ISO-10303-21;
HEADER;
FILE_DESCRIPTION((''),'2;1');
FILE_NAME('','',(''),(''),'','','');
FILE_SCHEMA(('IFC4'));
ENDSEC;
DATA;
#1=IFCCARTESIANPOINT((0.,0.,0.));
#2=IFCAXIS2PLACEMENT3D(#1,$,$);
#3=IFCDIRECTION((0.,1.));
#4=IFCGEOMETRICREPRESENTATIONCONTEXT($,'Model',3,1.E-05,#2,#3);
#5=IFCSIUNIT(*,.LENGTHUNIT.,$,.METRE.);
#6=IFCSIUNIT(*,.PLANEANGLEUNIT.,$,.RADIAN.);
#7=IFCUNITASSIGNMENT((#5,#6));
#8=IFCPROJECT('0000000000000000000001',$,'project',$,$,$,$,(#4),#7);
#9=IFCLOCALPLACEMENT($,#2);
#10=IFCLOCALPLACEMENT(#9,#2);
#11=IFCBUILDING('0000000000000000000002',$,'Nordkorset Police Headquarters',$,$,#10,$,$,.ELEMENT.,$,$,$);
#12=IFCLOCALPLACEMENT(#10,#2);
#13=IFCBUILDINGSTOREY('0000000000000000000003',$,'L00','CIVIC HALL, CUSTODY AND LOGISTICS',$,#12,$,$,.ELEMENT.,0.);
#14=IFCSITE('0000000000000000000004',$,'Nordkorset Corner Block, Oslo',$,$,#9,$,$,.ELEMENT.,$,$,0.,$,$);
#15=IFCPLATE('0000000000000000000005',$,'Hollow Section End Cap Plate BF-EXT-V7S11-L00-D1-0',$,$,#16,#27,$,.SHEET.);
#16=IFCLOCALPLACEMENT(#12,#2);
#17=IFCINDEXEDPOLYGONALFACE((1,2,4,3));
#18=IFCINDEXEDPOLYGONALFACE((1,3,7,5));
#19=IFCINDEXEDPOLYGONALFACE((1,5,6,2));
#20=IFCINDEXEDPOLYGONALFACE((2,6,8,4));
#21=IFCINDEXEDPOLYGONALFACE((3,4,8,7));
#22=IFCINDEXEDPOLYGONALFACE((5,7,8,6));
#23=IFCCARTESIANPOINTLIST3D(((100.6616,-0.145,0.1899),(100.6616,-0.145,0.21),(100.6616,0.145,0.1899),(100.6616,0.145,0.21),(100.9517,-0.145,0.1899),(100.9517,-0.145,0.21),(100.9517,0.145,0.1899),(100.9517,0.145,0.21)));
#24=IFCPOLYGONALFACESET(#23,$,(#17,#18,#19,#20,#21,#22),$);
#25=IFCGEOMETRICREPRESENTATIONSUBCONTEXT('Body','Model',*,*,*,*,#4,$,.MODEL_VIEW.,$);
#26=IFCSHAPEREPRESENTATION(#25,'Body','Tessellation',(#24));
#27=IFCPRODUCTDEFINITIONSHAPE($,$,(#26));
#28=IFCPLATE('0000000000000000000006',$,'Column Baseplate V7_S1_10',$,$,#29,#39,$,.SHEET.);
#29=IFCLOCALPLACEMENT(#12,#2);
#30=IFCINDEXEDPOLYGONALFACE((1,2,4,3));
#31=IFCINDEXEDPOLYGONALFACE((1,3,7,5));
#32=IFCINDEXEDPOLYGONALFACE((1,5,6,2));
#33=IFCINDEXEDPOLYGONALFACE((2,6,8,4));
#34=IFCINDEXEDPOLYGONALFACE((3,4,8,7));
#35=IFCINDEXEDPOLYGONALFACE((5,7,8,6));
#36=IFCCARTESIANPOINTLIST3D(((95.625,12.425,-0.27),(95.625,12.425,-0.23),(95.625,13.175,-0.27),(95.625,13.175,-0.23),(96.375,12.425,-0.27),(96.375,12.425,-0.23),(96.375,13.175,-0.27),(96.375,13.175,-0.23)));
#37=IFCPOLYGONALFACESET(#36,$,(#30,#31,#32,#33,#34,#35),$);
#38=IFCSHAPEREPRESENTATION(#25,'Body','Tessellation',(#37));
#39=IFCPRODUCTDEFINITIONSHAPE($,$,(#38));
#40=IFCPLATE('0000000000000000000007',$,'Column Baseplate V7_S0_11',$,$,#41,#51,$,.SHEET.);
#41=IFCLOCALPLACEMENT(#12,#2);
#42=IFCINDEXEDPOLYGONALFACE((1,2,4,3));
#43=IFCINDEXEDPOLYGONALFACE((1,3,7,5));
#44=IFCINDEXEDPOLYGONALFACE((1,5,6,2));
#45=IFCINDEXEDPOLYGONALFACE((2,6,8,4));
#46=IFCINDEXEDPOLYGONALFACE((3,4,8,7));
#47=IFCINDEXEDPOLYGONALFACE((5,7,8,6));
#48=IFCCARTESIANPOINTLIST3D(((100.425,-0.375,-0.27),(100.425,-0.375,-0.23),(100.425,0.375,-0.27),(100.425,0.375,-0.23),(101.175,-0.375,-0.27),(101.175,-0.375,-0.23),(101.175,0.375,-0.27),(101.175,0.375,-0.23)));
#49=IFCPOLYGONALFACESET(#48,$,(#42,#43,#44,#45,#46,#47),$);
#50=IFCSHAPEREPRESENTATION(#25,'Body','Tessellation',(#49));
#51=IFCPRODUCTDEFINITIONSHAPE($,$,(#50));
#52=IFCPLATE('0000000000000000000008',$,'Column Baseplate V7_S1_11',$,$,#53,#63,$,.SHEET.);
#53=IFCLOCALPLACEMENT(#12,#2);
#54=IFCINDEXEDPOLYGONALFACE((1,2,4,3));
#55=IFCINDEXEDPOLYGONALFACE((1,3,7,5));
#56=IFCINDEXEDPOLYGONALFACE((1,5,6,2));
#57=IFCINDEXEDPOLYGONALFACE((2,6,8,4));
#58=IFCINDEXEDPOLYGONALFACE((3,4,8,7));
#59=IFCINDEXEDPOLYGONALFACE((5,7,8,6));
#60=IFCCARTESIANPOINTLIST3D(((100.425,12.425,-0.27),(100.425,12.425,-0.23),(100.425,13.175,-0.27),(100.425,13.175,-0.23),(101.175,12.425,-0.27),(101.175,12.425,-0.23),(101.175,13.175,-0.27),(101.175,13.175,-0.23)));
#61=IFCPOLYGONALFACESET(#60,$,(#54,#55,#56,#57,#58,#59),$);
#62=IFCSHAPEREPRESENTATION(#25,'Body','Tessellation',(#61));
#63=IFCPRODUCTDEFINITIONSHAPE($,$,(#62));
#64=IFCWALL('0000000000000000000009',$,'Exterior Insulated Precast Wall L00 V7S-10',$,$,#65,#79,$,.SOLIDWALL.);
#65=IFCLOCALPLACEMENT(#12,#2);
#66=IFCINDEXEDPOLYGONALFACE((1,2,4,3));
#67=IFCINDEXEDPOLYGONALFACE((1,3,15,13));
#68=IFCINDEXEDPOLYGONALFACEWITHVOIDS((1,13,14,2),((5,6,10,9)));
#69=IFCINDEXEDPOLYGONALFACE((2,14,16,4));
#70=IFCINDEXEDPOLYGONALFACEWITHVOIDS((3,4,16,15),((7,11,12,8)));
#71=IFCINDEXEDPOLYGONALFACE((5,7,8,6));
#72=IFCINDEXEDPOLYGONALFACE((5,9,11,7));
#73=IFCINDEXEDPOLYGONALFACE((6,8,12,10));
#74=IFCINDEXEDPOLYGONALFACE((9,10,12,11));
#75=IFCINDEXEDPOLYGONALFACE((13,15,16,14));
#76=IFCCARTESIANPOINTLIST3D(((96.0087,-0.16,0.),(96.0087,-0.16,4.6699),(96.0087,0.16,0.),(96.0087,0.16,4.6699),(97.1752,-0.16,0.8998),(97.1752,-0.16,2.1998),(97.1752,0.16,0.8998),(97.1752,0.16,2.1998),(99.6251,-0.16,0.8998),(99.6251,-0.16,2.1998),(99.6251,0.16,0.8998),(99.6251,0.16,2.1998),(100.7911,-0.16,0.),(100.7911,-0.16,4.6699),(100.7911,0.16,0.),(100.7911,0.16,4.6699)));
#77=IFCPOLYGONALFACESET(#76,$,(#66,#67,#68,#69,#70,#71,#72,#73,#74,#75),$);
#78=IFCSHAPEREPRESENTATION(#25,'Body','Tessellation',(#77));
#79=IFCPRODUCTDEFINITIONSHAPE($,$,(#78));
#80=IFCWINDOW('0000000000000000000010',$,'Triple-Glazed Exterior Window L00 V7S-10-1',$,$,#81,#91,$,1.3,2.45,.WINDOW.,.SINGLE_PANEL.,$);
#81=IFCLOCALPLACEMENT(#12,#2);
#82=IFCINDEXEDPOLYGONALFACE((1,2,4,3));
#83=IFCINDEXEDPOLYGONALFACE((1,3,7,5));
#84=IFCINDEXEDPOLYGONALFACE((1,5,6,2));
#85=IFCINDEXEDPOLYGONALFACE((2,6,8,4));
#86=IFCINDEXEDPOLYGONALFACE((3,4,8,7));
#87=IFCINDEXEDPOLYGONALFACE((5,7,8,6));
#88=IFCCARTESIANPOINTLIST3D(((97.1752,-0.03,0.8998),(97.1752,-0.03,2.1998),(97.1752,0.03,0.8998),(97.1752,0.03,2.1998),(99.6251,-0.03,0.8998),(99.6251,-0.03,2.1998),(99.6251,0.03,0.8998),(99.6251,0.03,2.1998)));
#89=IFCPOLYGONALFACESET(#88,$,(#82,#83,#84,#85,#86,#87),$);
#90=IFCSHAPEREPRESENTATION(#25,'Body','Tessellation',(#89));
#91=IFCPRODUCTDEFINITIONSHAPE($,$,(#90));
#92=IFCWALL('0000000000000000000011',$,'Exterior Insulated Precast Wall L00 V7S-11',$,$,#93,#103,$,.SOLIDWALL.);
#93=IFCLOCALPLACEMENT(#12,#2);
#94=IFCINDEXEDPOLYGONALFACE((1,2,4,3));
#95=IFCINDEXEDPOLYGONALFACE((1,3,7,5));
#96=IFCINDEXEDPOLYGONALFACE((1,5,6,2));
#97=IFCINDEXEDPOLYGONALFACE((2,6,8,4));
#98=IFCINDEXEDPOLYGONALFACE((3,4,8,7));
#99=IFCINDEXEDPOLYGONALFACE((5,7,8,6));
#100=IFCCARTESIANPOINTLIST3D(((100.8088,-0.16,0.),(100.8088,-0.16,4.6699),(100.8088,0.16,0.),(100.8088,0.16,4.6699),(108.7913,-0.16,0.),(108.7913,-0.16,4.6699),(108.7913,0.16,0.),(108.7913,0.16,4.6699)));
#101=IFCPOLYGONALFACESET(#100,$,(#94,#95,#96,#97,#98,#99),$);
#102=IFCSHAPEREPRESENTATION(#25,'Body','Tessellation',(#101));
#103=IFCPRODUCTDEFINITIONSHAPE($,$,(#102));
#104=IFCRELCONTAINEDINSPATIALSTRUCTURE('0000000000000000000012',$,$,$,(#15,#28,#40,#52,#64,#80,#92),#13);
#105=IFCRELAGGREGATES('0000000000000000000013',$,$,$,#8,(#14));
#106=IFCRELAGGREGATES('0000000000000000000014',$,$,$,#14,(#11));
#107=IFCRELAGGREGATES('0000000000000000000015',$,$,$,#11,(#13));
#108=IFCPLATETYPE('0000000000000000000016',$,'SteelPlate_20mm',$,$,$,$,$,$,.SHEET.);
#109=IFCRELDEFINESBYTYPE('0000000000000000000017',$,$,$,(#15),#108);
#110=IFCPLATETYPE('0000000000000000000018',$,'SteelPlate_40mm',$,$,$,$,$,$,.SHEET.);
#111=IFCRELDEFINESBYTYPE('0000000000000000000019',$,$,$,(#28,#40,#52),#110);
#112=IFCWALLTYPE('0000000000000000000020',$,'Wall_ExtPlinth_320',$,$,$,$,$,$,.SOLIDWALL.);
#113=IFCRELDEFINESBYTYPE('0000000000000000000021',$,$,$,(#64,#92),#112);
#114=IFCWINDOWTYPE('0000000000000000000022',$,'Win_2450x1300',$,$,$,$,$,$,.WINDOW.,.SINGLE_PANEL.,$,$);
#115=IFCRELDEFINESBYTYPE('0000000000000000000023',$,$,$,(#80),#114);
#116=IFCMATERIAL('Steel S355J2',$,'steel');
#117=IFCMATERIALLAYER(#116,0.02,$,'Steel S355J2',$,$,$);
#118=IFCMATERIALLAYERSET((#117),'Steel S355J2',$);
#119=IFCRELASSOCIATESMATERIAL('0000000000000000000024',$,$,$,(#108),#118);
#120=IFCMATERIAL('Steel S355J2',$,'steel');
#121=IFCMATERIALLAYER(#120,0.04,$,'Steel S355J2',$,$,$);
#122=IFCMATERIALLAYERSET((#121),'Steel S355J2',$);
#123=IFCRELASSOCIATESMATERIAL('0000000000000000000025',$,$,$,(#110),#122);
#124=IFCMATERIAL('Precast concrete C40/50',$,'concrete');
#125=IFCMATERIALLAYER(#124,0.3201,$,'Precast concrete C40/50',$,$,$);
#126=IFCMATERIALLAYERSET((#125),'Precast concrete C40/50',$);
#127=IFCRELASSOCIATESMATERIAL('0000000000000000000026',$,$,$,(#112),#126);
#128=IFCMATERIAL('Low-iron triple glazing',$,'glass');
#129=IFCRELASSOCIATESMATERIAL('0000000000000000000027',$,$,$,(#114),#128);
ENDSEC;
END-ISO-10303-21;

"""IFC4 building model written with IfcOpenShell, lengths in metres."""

from ifc_helpers import new_model, si_unit, direction, frame, frame_2d, origin, origin_2d, place, context, subcontext, project, spatial, rectangle, extrude, material, layer, layer_set, type_object, element, fill, save


model = new_model("IFC4")

# Units and contexts
model_context = context("Model", 3, precision=1e-05, world=origin(), true_north=direction((0.0, 1.0)))
body_context = subcontext(model_context, "Body", "Model", "MODEL_VIEW")
ifc_project = project(units=[si_unit("LENGTHUNIT", "METRE"), si_unit("PLANEANGLEUNIT", "RADIAN")], contexts=[model_context])

# Site, building, storey
site_placement = place(None, origin())
site = spatial("IfcSite", under=ifc_project, at=site_placement, Name="Nordkorset Corner Block, Oslo", CompositionType="ELEMENT", RefElevation=0.0)
building_placement = place(site_placement, origin())
building = spatial("IfcBuilding", under=site, at=building_placement, Name="Nordkorset Police Headquarters", CompositionType="ELEMENT")
storey_placement = place(building_placement, origin())
storey = spatial("IfcBuildingStorey", under=building, at=storey_placement, Name="L00", Description="CIVIC HALL, CUSTODY AND LOGISTICS", CompositionType="ELEMENT", Elevation=0.0)

# Plates
ifc_material_1 = material(Name="Steel S355J2", Category="steel")
ifc_layer_1 = layer(ifc_material_1, 0.02, Name="Steel S355J2")
ifc_layer_set_1 = layer_set([ifc_layer_1], Name="Steel S355J2")
plate_type_1 = type_object("IfcPlateType", Name="SteelPlate_20mm", PredefinedType="SHEET", material=ifc_layer_set_1)
plate_placement = place(storey_placement, frame((100.8066, 0.0, 0.1899), z_axis=(0.0, 0.0, 1.0), x_axis=(1.0, 0.0, 0.0)))
element("IfcPlate", 1, at=plate_placement, inside=storey, type_object=plate_type_1, Name="Hollow Section End Cap Plate BF-EXT-V7S11-L00-D1-0", PredefinedType="SHEET", context=body_context, shape_type="SweptSolid", body=[
    extrude(rectangle(XDim=0.29, YDim=0.29, at=origin_2d()), origin(), (0.0, 0.0, 1.0), 0.02),
])
ifc_material_2 = material(Name="Steel S355J2", Category="steel")
ifc_layer_2 = layer(ifc_material_2, 0.04, Name="Steel S355J2")
ifc_layer_set_2 = layer_set([ifc_layer_2], Name="Steel S355J2")
plate_type_2 = type_object("IfcPlateType", Name="SteelPlate_40mm", PredefinedType="SHEET", material=ifc_layer_set_2)
for number, where, z_axis, x_axis, name in (
    (2, (96.0, 12.8, -0.27), (0.0, 0.0, 1.0), (1.0, 0.0, 0.0), "Column Baseplate V7_S1_10"),
    (3, (100.8, 0.0, -0.27), (0.0, 0.0, 1.0), (1.0, 0.0, 0.0), "Column Baseplate V7_S0_11"),
    (4, (100.8, 12.8, -0.27), (0.0, 0.0, 1.0), (1.0, 0.0, 0.0), "Column Baseplate V7_S1_11"),
):
    element("IfcPlate", number, at=place(storey_placement, frame(where, z_axis=z_axis, x_axis=x_axis)), inside=storey, type_object=plate_type_2, Name=name, PredefinedType="SHEET", context=body_context, shape_type="SweptSolid", body=[
        extrude(rectangle(XDim=0.75, YDim=0.75, at=origin_2d()), origin(), (0.0, 0.0, 1.0), 0.04),
    ])

# Wall, opening, window
ifc_material_3 = material(Name="Precast concrete C40/50", Category="concrete")
ifc_layer_3 = layer(ifc_material_3, 0.3201, Name="Precast concrete C40/50")
ifc_layer_set_3 = layer_set([ifc_layer_3], Name="Precast concrete C40/50")
wall_type = type_object("IfcWallType", Name="Wall_ExtPlinth_320", PredefinedType="SOLIDWALL", material=ifc_layer_set_3)
wall_1_placement = place(storey_placement, frame((96.0088, 0.0, 0.0), z_axis=(0.0, 0.0, 1.0), x_axis=(1.0, 0.0, 0.0)))
wall_1 = element("IfcWall", 5, at=wall_1_placement, inside=storey, type_object=wall_type, Name="Exterior Insulated Precast Wall L00 V7S-10", PredefinedType="SOLIDWALL", context=body_context, shape_type="SweptSolid", body=[
    extrude(rectangle(XDim=4.7825, YDim=0.3201, at=frame_2d((2.3911, 0.0))), origin(), (0.0, 0.0, 1.0), 4.6699),
])
opening_placement = place(wall_1_placement, frame((1.1663, 0.0, 0.8999)))
opening = element("IfcOpeningElement", 6, at=opening_placement, cuts=wall_1, PredefinedType="OPENING", context=body_context, shape_type="SweptSolid", body=[
    extrude(rectangle(XDim=2.45, YDim=1.3, at=frame_2d((1.2251, 0.6499))), frame((0.0, 0.1699, 0.0), z_axis=(0.0, -1.0, 0.0), x_axis=(1.0, 0.0, 0.0)), (0.0, 0.0, 1.0), 0.3401),
])
ifc_material_4 = material(Name="Low-iron triple glazing", Category="glass")
window_type = type_object("IfcWindowType", Name="Win_2450x1300", PartitioningType="SINGLE_PANEL", PredefinedType="WINDOW", material=ifc_material_4)
window_placement = place(opening_placement, origin())
window = element("IfcWindow", 7, at=window_placement, inside=storey, type_object=window_type, Name="Triple-Glazed Exterior Window L00 V7S-10-1", OverallHeight=1.3, OverallWidth=2.45, PartitioningType="SINGLE_PANEL", PredefinedType="WINDOW", context=body_context, shape_type="SweptSolid", body=[
    extrude(rectangle(XDim=2.45, YDim=1.3, at=frame_2d((1.2251, 0.6499))), frame((0.0, 0.03, 0.0), z_axis=(0.0, -1.0, 0.0), x_axis=(1.0, 0.0, 0.0)), (0.0, 0.0, 1.0), 0.0601),
])
fill(opening, window)

# Wall
wall_2_placement = place(storey_placement, frame((100.8088, 0.0, 0.0), z_axis=(0.0, 0.0, 1.0), x_axis=(1.0, 0.0, 0.0)))
element("IfcWall", 8, at=wall_2_placement, inside=storey, type_object=wall_type, Name="Exterior Insulated Precast Wall L00 V7S-11", PredefinedType="SOLIDWALL", context=body_context, shape_type="SweptSolid", body=[
    extrude(rectangle(XDim=7.9824, YDim=0.3201, at=frame_2d((3.9912, 0.0))), origin(), (0.0, 0.0, 1.0), 4.6699),
])

save(model, "model.ifc")
